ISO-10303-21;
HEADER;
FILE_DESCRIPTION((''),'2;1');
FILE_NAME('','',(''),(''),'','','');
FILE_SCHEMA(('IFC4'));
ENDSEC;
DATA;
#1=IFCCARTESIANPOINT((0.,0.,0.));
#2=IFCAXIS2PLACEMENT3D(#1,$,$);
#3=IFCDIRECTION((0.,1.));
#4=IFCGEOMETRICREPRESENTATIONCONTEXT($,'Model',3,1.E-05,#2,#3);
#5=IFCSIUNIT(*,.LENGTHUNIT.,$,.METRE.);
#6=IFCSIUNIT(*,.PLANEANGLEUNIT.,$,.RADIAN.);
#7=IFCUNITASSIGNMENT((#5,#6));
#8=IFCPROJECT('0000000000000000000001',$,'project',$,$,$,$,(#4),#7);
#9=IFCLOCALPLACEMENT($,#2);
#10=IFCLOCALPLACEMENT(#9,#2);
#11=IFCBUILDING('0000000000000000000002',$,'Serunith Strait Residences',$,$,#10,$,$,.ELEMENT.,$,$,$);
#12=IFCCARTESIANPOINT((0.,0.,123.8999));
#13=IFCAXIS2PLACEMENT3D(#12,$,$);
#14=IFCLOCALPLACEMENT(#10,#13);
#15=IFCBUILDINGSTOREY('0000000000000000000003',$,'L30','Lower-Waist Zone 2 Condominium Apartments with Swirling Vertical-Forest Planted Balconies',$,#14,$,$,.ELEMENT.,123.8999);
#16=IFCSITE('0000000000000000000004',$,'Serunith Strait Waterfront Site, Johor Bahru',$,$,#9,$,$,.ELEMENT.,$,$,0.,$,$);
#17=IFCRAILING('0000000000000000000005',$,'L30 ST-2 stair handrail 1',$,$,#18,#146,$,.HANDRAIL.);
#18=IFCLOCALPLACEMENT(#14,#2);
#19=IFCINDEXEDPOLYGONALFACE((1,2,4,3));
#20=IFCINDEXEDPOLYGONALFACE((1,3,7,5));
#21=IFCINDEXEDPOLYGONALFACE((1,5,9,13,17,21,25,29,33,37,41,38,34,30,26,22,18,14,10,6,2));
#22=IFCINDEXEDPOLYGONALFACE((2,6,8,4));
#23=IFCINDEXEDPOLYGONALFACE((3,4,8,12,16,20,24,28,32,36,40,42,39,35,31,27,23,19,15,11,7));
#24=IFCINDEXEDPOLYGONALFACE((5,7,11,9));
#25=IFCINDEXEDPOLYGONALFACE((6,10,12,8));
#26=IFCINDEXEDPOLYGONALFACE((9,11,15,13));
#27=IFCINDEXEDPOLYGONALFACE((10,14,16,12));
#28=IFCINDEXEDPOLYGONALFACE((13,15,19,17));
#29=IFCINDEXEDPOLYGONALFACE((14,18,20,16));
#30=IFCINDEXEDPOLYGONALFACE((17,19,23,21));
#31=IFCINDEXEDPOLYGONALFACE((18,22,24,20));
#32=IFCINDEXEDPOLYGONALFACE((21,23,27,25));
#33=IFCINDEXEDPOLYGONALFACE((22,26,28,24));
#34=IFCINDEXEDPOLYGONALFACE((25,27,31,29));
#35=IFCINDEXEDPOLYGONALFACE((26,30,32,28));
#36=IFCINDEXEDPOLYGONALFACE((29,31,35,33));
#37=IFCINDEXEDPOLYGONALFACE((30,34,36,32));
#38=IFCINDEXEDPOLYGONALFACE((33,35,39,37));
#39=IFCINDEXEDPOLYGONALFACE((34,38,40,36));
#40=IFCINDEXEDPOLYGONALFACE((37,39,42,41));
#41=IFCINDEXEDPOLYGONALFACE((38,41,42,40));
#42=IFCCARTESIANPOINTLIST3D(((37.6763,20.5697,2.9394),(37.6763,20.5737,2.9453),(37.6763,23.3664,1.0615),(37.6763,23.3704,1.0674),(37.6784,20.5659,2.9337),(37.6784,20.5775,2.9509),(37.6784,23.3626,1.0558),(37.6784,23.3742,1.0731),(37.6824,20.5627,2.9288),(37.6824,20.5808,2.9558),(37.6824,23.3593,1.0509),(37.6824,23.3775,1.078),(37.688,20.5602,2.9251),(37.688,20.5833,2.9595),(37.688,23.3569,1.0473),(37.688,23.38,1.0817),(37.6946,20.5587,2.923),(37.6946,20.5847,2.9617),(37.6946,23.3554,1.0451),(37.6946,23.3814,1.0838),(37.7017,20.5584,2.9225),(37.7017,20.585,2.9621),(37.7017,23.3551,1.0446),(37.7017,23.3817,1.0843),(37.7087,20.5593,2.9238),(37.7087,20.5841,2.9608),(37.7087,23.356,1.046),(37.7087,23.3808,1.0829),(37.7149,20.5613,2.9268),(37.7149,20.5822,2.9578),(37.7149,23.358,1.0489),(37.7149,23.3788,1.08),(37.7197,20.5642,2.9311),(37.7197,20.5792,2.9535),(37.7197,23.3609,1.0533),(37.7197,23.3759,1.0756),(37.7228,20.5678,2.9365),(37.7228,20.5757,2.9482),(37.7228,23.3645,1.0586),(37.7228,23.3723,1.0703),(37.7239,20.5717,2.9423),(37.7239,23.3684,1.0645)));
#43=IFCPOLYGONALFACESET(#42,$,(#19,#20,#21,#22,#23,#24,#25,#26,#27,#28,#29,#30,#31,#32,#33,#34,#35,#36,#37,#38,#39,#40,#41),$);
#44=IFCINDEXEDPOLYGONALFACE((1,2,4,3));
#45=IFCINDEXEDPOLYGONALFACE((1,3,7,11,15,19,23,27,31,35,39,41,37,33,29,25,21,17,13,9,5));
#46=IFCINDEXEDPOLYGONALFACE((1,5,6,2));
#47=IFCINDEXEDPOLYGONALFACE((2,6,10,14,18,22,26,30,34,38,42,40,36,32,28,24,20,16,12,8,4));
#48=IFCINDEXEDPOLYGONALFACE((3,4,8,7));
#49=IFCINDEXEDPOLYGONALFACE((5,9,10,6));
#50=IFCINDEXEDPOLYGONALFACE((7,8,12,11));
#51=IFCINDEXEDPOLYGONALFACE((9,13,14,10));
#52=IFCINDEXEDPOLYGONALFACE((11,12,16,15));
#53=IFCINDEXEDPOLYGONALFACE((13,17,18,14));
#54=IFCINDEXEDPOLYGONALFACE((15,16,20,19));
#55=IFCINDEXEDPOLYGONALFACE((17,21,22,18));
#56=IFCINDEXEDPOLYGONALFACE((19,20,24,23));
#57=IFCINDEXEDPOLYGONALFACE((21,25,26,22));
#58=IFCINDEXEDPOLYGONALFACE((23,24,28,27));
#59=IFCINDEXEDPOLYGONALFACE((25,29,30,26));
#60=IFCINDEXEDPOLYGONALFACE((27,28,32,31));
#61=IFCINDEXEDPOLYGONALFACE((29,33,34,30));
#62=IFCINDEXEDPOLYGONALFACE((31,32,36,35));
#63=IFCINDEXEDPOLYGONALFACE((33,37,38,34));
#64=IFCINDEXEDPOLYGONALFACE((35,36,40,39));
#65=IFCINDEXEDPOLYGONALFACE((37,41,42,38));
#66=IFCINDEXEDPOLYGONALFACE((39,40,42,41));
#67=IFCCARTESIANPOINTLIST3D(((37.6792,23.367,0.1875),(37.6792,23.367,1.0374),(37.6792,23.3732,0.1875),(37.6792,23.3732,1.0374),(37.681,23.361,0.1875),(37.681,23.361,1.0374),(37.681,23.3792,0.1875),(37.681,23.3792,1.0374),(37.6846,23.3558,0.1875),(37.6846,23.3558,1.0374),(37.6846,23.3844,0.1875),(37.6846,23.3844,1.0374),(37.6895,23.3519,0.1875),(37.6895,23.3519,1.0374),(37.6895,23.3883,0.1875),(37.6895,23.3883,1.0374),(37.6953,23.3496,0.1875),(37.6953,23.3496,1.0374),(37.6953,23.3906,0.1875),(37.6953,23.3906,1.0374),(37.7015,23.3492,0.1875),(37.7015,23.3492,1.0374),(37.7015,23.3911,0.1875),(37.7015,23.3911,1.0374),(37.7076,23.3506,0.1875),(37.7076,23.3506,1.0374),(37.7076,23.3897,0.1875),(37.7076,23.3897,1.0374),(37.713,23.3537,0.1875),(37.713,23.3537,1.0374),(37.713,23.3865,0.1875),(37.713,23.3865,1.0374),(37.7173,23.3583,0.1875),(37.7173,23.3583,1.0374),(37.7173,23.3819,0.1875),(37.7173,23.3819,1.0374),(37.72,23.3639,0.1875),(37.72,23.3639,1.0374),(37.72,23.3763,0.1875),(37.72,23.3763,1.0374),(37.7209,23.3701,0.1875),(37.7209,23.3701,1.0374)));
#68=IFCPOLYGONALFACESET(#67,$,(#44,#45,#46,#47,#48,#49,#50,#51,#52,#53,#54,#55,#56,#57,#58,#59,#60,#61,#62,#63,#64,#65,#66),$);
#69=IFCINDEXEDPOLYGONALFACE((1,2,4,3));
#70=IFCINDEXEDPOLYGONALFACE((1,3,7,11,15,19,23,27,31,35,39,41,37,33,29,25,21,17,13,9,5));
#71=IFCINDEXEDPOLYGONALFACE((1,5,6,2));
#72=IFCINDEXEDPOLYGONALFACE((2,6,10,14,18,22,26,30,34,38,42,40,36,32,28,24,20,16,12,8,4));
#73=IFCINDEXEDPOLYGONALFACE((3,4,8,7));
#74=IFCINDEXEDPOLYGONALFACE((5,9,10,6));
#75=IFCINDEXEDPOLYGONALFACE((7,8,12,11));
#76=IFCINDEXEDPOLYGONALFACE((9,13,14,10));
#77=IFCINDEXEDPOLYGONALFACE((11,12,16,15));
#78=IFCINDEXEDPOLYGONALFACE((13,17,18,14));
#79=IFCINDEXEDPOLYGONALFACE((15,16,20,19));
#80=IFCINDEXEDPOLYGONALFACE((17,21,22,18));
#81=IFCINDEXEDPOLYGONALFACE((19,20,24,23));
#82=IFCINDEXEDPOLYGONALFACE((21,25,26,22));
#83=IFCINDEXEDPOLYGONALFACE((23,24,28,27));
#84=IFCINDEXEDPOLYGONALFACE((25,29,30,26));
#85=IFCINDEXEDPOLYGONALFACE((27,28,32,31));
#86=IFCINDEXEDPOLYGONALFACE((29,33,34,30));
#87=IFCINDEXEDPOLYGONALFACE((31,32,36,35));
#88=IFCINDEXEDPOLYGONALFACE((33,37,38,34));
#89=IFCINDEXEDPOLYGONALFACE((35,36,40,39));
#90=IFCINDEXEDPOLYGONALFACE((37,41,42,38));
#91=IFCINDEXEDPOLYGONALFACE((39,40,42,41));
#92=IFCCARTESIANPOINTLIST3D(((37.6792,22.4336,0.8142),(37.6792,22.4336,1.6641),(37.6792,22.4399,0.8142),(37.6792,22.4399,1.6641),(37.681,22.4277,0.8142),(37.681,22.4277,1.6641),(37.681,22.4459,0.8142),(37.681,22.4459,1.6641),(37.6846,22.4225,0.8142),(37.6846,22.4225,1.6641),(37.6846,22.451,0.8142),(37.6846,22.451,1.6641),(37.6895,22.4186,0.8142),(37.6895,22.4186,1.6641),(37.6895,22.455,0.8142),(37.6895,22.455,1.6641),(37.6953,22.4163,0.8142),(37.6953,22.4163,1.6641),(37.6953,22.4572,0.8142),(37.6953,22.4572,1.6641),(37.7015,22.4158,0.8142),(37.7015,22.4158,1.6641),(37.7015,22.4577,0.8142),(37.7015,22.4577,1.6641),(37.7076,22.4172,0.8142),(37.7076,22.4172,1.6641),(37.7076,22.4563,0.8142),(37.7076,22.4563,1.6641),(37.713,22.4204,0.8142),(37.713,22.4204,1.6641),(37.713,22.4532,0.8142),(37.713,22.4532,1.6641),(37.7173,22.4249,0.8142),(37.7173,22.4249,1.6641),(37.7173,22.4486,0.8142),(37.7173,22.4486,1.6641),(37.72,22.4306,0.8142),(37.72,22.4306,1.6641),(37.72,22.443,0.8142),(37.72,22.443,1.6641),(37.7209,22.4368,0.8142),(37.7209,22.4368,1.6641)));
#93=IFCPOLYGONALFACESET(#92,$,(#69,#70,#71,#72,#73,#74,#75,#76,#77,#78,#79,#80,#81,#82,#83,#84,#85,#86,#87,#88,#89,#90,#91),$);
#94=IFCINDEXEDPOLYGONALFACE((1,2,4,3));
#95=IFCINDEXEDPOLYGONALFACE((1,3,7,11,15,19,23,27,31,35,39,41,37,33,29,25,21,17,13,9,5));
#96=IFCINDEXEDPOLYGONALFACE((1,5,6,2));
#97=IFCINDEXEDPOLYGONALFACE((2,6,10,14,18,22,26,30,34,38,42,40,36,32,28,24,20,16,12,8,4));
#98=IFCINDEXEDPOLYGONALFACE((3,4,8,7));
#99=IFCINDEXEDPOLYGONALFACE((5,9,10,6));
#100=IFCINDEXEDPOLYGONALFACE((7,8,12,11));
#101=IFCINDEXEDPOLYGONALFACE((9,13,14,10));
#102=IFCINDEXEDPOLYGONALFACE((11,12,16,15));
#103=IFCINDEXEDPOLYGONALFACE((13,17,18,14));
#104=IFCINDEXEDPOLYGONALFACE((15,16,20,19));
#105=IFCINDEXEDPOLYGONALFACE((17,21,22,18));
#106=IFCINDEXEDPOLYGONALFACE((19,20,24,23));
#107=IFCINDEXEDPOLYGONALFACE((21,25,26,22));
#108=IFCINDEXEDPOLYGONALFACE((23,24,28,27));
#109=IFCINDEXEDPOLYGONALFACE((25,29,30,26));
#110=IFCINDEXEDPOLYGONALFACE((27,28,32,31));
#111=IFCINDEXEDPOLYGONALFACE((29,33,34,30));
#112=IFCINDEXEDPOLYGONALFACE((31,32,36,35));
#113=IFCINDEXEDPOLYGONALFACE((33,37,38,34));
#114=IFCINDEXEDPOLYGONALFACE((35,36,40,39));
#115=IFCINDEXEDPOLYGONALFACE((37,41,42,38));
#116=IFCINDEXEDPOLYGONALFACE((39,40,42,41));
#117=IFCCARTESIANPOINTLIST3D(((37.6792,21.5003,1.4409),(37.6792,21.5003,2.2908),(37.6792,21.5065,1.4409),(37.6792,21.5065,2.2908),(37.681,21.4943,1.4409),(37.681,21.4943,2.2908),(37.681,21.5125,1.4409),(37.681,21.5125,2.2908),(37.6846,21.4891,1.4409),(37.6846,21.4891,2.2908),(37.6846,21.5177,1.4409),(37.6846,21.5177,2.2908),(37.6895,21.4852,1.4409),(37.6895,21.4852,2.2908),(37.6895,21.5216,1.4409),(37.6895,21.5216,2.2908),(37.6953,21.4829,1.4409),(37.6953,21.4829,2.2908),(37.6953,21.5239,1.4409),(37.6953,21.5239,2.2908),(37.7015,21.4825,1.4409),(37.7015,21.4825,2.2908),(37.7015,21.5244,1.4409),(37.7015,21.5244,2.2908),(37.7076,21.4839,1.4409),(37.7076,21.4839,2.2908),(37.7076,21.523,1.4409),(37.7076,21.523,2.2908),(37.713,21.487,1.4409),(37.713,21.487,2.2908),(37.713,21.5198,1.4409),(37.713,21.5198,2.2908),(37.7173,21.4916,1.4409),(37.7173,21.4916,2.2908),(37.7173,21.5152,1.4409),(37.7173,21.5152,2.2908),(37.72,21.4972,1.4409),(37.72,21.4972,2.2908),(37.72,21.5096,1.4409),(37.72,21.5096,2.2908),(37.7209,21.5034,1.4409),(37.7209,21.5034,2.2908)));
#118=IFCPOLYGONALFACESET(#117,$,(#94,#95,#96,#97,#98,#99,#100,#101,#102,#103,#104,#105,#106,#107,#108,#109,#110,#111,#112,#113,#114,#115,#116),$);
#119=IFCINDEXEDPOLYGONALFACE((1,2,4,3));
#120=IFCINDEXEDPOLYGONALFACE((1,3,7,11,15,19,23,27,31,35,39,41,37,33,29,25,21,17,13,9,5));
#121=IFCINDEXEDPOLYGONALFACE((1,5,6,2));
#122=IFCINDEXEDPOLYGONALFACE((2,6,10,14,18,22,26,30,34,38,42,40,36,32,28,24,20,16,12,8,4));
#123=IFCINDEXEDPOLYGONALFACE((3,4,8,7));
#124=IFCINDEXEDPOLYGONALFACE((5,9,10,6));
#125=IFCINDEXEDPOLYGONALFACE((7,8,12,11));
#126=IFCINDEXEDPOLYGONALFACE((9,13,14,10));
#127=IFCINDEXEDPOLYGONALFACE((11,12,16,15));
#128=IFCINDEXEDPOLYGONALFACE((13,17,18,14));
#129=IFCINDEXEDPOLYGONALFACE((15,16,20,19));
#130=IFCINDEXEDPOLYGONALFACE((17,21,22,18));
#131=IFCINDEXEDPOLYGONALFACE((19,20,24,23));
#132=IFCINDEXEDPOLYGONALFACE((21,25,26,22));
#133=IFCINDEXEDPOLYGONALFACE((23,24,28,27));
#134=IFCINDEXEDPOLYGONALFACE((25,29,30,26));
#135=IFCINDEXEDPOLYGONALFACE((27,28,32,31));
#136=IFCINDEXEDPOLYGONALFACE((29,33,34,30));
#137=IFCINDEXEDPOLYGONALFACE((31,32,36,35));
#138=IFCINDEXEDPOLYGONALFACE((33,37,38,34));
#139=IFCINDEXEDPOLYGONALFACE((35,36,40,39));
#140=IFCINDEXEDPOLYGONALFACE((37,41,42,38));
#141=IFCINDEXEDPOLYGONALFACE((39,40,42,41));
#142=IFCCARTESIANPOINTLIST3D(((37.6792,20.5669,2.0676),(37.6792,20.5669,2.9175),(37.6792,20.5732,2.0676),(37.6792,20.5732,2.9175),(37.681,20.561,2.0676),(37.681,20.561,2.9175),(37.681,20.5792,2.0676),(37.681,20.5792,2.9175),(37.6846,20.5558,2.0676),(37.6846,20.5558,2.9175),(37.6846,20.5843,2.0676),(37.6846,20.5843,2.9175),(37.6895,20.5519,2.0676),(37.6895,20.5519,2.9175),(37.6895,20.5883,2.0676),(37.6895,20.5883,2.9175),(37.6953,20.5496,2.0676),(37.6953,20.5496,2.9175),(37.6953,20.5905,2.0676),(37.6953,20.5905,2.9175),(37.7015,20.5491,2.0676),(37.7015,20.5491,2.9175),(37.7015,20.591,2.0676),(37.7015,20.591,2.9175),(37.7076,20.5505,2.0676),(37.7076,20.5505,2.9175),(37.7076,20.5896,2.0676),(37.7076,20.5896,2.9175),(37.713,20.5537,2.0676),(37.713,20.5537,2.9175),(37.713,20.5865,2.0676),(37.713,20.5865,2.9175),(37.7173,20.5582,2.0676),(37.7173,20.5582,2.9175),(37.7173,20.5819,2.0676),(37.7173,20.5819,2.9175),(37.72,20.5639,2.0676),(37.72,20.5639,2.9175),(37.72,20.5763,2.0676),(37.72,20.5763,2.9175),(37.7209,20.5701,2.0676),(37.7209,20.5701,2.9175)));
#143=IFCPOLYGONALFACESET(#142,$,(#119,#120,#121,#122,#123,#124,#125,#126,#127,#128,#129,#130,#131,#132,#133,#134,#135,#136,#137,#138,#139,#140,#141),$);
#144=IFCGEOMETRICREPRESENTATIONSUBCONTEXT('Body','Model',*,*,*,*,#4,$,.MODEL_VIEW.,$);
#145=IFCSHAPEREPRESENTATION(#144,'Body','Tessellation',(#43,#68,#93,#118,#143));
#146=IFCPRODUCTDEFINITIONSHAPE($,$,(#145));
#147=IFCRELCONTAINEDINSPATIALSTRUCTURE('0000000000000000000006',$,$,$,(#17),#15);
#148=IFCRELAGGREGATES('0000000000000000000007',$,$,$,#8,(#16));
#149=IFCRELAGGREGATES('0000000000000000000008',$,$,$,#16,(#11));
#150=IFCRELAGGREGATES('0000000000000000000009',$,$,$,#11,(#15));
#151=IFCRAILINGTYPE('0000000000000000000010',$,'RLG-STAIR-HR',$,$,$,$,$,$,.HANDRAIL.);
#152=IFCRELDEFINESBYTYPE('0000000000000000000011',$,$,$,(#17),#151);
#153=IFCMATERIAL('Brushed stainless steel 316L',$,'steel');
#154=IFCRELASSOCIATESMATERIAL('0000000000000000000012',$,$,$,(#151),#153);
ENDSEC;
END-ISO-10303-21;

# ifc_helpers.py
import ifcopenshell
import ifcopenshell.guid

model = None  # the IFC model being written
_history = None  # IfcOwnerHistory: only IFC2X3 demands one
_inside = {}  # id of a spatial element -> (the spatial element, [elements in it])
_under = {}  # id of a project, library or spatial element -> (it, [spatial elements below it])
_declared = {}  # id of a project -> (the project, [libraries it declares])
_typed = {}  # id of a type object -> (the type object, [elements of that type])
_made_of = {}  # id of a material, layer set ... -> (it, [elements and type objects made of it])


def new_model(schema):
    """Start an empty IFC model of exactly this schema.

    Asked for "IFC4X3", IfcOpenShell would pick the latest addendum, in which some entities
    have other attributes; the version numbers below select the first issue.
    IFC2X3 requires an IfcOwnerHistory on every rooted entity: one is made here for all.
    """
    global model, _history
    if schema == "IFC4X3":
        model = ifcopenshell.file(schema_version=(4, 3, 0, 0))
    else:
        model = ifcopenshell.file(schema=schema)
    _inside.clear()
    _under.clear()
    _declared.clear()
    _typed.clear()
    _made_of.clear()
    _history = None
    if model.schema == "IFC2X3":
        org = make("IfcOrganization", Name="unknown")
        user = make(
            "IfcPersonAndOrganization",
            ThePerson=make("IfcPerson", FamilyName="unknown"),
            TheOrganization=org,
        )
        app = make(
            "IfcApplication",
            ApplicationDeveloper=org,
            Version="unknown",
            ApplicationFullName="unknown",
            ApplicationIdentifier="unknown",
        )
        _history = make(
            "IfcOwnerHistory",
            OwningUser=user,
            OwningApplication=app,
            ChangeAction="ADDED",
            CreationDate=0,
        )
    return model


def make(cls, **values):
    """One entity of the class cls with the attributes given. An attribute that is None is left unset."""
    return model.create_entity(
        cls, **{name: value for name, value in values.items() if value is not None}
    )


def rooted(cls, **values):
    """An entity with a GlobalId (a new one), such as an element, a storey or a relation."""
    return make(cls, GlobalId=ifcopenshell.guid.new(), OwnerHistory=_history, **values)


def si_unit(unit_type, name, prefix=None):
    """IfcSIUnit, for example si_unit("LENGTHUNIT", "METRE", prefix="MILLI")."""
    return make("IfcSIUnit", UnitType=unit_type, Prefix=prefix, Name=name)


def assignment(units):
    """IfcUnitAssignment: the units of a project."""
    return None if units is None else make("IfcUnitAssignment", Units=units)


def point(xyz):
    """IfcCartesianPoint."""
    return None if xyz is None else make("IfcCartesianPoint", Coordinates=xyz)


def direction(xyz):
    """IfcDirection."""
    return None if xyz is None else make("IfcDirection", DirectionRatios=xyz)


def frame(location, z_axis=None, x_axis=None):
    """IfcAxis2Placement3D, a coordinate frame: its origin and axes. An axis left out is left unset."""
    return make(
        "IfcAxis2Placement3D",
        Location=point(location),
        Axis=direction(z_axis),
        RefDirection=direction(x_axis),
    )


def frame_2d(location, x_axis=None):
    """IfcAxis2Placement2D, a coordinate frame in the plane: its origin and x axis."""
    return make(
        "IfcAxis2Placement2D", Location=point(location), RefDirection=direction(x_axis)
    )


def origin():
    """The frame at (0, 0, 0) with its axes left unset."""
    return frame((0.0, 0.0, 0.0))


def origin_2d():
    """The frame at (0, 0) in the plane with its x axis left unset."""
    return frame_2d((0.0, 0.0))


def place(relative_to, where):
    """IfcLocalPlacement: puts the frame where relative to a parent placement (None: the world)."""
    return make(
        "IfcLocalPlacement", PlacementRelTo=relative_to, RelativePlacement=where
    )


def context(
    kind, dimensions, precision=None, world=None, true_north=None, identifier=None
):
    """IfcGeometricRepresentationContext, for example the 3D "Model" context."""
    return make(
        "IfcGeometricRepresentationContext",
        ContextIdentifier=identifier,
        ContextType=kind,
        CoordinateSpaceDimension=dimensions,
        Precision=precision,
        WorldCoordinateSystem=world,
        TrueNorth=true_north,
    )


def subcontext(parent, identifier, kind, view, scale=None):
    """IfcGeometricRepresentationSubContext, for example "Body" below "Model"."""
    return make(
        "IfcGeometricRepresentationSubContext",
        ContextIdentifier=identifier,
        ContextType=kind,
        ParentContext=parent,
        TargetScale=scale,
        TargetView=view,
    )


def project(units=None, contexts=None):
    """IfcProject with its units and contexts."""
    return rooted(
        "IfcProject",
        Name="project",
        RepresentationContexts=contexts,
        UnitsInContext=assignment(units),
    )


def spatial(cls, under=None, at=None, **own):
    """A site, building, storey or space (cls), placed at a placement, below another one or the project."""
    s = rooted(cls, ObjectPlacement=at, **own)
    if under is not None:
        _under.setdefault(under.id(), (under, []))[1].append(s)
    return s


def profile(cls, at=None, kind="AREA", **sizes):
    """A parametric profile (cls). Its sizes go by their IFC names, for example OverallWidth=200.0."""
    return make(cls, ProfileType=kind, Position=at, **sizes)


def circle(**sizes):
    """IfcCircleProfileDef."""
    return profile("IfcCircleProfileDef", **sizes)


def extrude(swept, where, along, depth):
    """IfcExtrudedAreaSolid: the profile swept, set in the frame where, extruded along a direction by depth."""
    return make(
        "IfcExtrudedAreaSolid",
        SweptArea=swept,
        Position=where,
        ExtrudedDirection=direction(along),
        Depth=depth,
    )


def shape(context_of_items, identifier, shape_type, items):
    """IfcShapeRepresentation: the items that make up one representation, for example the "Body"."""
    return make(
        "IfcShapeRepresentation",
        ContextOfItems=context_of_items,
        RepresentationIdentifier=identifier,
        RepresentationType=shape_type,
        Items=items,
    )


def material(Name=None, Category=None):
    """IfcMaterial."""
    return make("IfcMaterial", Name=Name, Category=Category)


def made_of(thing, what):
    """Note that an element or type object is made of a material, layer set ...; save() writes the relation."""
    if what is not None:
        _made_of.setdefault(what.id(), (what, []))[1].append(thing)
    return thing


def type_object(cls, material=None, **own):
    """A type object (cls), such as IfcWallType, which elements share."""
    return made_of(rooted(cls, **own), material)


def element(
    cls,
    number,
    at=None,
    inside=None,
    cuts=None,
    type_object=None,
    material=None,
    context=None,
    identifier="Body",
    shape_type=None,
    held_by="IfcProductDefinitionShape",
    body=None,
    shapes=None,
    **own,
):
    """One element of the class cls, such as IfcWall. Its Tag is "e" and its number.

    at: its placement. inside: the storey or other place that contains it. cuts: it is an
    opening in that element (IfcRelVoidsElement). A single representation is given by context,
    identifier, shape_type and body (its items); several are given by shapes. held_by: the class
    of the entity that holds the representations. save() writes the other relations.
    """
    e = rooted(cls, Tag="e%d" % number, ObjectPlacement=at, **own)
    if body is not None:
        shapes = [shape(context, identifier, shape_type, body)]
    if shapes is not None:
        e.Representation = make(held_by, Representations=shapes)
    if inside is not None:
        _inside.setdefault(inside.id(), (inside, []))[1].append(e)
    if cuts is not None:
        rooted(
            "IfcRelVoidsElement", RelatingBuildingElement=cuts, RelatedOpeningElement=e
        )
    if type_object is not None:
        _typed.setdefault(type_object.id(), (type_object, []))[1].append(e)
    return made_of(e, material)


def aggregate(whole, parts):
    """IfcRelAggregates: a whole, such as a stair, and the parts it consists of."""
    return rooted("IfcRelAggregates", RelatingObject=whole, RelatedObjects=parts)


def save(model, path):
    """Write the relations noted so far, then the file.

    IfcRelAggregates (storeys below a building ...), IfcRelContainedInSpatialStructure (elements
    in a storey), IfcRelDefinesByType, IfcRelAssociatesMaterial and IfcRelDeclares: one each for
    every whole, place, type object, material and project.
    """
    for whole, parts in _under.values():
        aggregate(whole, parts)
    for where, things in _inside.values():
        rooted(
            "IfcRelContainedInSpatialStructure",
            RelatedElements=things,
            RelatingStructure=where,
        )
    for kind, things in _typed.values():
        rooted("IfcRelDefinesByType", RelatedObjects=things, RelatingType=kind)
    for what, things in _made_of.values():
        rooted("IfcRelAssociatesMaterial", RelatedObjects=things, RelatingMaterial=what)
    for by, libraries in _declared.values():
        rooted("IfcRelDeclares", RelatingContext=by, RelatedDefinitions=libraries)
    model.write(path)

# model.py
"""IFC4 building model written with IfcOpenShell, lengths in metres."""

from ifc_helpers import new_model, si_unit, direction, frame, origin, origin_2d, place, context, subcontext, project, spatial, circle, extrude, material, type_object, element, save


model = new_model("IFC4")

# Units and contexts
model_context = context("Model", 3, precision=1e-05, world=origin(), true_north=direction((0.0, 1.0)))
body_context = subcontext(model_context, "Body", "Model", "MODEL_VIEW")
ifc_project = project(units=[si_unit("LENGTHUNIT", "METRE"), si_unit("PLANEANGLEUNIT", "RADIAN")], contexts=[model_context])

# Site, building, storey
site_placement = place(None, origin())
site = spatial("IfcSite", under=ifc_project, at=site_placement, Name="Serunith Strait Waterfront Site, Johor Bahru", CompositionType="ELEMENT", RefElevation=0.0)
building_placement = place(site_placement, origin())
building = spatial("IfcBuilding", under=site, at=building_placement, Name="Serunith Strait Residences", CompositionType="ELEMENT")
storey_placement = place(building_placement, frame((0.0, 0.0, 123.8999)))
storey = spatial("IfcBuildingStorey", under=building, at=storey_placement, Name="L30", Description="Lower-Waist Zone 2 Condominium Apartments with Swirling Vertical-Forest Planted Balconies", CompositionType="ELEMENT", Elevation=123.8999)

# Railing
ifc_material_1 = material(Name="Brushed stainless steel 316L", Category="steel")
railing_type_1 = type_object("IfcRailingType", Name="RLG-STAIR-HR", PredefinedType="HANDRAIL", material=ifc_material_1)
railing_1_placement = place(storey_placement, frame((37.7, 23.3701, 0.1875)))
element("IfcRailing", 1, at=railing_1_placement, inside=storey, type_object=railing_type_1, Name="L30 ST-2 stair handrail 1", PredefinedType="HANDRAIL", context=body_context, shape_type="SweptSolid", body=[
    extrude(circle(Radius=0.0239, at=origin_2d()), frame((0.0, -0.0017, 0.877), z_axis=(0.0, -0.830208, 0.557453), x_axis=(1.0, 0.0, 0.0)), (0.0, 0.0, 1.0), 3.3687),
    extrude(circle(Radius=0.021, at=origin_2d()), origin(), (0.0, 0.0, 1.0), 0.8499),
    extrude(circle(Radius=0.021, at=origin_2d()), frame((0.0, -0.9333, 0.6267)), (0.0, 0.0, 1.0), 0.8499),
    extrude(circle(Radius=0.021, at=origin_2d()), frame((0.0, -1.8667, 1.2534)), (0.0, 0.0, 1.0), 0.8499),
    extrude(circle(Radius=0.021, at=origin_2d()), frame((0.0, -2.8, 1.8801)), (0.0, 0.0, 1.0), 0.8499),
])

save(model, "model.ifc")
